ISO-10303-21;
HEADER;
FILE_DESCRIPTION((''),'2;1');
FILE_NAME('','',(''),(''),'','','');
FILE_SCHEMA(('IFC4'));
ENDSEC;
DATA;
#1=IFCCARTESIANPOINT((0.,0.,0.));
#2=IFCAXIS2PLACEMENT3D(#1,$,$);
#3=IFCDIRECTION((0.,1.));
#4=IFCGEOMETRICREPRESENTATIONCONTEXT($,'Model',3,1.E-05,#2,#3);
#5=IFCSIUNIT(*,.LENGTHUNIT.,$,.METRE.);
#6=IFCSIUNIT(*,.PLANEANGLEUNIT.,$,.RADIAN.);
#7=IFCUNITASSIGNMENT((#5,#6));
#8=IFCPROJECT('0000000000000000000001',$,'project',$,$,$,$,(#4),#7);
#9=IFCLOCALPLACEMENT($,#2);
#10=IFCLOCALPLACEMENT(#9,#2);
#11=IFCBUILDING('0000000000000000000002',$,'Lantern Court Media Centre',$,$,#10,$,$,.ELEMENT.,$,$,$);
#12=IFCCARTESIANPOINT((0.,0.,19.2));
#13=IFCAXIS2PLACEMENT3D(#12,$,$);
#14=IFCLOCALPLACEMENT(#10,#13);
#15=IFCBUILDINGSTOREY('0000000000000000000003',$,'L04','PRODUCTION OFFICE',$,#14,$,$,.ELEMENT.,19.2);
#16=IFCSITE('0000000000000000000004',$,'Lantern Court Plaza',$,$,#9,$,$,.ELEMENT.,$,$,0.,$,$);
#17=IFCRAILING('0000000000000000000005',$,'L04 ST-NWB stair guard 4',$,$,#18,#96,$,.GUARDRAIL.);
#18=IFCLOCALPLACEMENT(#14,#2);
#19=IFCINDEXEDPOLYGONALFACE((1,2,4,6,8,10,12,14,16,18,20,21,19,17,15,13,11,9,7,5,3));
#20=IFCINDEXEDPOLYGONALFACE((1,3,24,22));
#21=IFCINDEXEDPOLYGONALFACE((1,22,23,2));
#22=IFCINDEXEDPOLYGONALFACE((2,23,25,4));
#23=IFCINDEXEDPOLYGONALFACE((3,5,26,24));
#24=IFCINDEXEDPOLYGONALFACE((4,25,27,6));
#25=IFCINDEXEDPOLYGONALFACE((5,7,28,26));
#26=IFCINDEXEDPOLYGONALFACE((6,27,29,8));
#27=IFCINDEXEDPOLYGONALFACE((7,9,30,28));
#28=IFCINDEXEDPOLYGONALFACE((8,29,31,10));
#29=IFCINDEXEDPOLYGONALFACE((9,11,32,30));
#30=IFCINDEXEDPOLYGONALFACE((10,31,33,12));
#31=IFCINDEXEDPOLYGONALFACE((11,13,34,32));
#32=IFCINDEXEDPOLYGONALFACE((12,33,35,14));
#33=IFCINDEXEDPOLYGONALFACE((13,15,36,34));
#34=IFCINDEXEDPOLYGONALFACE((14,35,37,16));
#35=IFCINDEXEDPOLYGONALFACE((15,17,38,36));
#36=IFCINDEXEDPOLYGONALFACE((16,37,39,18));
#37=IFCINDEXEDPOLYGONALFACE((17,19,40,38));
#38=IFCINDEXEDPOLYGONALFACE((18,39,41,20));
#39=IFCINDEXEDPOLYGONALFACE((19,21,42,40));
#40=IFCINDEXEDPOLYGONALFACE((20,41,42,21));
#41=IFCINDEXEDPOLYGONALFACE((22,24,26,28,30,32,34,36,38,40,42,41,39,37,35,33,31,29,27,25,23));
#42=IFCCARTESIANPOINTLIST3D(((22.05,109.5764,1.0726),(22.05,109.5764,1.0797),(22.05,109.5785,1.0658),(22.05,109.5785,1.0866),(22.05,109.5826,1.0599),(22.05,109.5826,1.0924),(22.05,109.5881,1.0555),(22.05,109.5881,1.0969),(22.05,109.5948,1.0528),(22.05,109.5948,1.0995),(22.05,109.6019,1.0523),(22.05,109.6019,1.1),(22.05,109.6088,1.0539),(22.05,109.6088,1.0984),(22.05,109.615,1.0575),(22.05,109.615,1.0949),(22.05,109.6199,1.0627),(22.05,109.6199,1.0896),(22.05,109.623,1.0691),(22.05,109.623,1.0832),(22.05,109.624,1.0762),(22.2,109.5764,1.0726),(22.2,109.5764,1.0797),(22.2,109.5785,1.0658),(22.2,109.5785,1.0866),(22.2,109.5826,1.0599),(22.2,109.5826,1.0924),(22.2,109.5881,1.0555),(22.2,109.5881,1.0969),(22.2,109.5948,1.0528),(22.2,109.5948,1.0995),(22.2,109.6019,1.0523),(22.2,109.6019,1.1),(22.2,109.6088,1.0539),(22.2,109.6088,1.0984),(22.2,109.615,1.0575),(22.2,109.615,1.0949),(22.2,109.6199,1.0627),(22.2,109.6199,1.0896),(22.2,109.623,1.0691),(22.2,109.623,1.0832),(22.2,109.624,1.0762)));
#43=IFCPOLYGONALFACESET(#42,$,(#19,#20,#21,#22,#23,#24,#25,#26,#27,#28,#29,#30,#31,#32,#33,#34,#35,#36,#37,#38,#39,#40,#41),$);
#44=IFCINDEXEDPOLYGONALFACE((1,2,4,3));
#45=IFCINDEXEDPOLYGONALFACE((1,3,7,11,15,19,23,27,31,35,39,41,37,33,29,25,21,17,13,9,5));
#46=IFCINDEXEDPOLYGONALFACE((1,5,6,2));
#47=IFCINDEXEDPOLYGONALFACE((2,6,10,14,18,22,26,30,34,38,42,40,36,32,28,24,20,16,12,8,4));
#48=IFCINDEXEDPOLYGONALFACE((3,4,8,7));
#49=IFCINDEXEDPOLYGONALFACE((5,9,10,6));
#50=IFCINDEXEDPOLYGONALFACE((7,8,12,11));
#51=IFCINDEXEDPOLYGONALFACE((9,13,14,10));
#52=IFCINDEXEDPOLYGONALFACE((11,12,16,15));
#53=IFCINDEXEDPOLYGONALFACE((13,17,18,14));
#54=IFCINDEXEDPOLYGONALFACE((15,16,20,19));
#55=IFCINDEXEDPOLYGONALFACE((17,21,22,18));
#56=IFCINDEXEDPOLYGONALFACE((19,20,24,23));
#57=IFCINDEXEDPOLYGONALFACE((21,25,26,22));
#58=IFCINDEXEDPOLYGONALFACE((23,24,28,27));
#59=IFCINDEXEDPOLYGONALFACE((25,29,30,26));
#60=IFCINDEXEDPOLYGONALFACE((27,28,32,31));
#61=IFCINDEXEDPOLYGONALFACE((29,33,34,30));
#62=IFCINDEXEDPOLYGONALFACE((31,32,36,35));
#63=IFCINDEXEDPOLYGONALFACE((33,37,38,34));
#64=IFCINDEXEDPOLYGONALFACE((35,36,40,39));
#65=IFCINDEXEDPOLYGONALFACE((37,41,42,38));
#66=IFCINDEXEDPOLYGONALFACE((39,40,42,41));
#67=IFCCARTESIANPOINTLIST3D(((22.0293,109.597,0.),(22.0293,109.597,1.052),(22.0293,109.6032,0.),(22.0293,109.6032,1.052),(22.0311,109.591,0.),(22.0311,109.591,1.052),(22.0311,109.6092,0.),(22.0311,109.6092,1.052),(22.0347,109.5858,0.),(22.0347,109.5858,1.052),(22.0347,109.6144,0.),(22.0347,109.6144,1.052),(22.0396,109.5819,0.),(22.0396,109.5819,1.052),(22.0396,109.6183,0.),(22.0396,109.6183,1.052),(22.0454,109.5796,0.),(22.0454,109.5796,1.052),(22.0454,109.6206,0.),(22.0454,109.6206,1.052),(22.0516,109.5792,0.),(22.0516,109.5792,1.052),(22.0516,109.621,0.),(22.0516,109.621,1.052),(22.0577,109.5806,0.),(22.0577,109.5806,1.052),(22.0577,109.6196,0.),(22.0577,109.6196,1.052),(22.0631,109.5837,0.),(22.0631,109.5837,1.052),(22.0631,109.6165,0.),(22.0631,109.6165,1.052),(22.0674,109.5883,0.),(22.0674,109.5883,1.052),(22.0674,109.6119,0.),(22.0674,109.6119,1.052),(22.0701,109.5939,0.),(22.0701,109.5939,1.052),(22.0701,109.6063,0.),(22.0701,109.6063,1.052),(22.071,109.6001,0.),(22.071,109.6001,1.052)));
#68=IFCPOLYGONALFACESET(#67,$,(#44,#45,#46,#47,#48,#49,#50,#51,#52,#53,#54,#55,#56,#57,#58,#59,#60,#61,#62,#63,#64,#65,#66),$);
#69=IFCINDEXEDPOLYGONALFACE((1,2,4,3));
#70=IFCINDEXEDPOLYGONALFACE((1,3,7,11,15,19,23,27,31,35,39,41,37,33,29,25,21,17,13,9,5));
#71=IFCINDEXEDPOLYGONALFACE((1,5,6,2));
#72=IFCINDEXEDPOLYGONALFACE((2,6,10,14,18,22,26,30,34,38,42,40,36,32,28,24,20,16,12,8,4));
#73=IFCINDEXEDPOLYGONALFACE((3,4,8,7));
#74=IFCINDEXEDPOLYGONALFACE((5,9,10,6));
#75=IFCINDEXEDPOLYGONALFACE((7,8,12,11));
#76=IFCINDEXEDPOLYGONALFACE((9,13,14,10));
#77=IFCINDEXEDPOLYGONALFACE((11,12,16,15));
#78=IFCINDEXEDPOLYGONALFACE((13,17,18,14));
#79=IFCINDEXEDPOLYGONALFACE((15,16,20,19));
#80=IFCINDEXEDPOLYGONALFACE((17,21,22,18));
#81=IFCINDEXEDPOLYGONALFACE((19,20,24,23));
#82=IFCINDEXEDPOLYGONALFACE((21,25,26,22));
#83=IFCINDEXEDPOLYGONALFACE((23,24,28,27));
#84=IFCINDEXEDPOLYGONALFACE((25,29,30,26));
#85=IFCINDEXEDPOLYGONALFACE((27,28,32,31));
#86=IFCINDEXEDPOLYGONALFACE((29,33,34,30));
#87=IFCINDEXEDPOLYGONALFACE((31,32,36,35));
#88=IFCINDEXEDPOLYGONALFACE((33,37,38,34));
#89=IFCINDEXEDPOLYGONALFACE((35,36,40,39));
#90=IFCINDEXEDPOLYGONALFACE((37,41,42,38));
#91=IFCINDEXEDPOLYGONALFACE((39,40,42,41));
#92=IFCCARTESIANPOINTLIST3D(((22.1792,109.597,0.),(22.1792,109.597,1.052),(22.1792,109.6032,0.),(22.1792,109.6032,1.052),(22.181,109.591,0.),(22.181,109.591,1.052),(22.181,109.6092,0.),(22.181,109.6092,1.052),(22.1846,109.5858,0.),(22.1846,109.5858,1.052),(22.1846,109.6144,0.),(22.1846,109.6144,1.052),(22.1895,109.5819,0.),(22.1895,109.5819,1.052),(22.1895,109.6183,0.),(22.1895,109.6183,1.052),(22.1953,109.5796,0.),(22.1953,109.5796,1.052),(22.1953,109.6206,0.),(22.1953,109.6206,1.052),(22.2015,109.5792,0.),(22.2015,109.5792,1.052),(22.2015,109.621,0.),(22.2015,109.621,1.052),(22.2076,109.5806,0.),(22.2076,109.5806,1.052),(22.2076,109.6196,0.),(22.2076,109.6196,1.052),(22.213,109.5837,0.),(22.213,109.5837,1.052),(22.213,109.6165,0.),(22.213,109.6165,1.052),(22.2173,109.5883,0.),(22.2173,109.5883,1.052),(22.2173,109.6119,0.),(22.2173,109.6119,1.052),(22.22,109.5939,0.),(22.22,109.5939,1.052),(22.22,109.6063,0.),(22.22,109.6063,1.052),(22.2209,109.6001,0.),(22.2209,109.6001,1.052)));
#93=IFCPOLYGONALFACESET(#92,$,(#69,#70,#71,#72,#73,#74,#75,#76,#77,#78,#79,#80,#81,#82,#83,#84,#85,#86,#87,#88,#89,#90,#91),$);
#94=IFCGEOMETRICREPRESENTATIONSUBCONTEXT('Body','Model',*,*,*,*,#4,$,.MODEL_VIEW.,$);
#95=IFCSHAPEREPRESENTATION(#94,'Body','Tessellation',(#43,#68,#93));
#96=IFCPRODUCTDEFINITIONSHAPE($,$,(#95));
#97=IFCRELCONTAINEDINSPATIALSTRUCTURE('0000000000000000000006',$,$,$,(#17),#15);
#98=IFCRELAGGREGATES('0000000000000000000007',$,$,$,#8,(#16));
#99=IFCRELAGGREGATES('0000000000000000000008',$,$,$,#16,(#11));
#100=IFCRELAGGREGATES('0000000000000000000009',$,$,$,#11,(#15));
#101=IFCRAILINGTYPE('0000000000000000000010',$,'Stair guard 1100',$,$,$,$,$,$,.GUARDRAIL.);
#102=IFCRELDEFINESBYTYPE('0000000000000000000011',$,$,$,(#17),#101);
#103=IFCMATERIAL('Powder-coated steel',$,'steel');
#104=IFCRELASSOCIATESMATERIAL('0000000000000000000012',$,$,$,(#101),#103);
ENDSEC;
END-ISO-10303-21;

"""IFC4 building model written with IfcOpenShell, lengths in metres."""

from ifc_helpers import new_model, si_unit, direction, frame, origin, origin_2d, place, context, subcontext, project, spatial, circle, extrude, material, type_object, element, save


model = new_model("IFC4")

# Units and contexts
model_context = context("Model", 3, precision=1e-05, world=origin(), true_north=direction((0.0, 1.0)))
body_context = subcontext(model_context, "Body", "Model", "MODEL_VIEW")
ifc_project = project(units=[si_unit("LENGTHUNIT", "METRE"), si_unit("PLANEANGLEUNIT", "RADIAN")], contexts=[model_context])

# Site, building, storey
site_placement = place(None, origin())
site = spatial("IfcSite", under=ifc_project, at=site_placement, Name="Lantern Court Plaza", CompositionType="ELEMENT", RefElevation=0.0)
building_placement = place(site_placement, origin())
building = spatial("IfcBuilding", under=site, at=building_placement, Name="Lantern Court Media Centre", CompositionType="ELEMENT")
storey_placement = place(building_placement, frame((0.0, 0.0, 19.2)))
storey = spatial("IfcBuildingStorey", under=building, at=storey_placement, Name="L04", Description="PRODUCTION OFFICE", CompositionType="ELEMENT", Elevation=19.2)

# Shared definitions
ifc_material_1 = material(Name="Powder-coated steel", Category="steel")

# Railing
railing_type_1 = type_object("IfcRailingType", Name="Stair guard 1100", PredefinedType="GUARDRAIL", material=ifc_material_1)
railing_1_placement = place(storey_placement, frame((22.05, 109.6001, 0.0)))
element("IfcRailing", 1, at=railing_1_placement, inside=storey, type_object=railing_type_1, Name="L04 ST-NWB stair guard 4", PredefinedType="GUARDRAIL", context=body_context, shape_type="SweptSolid", body=[
    extrude(circle(Radius=0.0239, at=origin_2d()), frame((0.0, 0.0, 1.0762), z_axis=(1.0, 0.0, 0.0), x_axis=(0.0, 1.0, 0.0)), (0.0, 0.0, 1.0), 0.1499),
    extrude(circle(Radius=0.021, at=origin_2d()), origin(), (0.0, 0.0, 1.0), 1.052),
    extrude(circle(Radius=0.021, at=origin_2d()), frame((0.1499, 0.0, 0.0)), (0.0, 0.0, 1.0), 1.052),
])

save(model, "model.ifc")
